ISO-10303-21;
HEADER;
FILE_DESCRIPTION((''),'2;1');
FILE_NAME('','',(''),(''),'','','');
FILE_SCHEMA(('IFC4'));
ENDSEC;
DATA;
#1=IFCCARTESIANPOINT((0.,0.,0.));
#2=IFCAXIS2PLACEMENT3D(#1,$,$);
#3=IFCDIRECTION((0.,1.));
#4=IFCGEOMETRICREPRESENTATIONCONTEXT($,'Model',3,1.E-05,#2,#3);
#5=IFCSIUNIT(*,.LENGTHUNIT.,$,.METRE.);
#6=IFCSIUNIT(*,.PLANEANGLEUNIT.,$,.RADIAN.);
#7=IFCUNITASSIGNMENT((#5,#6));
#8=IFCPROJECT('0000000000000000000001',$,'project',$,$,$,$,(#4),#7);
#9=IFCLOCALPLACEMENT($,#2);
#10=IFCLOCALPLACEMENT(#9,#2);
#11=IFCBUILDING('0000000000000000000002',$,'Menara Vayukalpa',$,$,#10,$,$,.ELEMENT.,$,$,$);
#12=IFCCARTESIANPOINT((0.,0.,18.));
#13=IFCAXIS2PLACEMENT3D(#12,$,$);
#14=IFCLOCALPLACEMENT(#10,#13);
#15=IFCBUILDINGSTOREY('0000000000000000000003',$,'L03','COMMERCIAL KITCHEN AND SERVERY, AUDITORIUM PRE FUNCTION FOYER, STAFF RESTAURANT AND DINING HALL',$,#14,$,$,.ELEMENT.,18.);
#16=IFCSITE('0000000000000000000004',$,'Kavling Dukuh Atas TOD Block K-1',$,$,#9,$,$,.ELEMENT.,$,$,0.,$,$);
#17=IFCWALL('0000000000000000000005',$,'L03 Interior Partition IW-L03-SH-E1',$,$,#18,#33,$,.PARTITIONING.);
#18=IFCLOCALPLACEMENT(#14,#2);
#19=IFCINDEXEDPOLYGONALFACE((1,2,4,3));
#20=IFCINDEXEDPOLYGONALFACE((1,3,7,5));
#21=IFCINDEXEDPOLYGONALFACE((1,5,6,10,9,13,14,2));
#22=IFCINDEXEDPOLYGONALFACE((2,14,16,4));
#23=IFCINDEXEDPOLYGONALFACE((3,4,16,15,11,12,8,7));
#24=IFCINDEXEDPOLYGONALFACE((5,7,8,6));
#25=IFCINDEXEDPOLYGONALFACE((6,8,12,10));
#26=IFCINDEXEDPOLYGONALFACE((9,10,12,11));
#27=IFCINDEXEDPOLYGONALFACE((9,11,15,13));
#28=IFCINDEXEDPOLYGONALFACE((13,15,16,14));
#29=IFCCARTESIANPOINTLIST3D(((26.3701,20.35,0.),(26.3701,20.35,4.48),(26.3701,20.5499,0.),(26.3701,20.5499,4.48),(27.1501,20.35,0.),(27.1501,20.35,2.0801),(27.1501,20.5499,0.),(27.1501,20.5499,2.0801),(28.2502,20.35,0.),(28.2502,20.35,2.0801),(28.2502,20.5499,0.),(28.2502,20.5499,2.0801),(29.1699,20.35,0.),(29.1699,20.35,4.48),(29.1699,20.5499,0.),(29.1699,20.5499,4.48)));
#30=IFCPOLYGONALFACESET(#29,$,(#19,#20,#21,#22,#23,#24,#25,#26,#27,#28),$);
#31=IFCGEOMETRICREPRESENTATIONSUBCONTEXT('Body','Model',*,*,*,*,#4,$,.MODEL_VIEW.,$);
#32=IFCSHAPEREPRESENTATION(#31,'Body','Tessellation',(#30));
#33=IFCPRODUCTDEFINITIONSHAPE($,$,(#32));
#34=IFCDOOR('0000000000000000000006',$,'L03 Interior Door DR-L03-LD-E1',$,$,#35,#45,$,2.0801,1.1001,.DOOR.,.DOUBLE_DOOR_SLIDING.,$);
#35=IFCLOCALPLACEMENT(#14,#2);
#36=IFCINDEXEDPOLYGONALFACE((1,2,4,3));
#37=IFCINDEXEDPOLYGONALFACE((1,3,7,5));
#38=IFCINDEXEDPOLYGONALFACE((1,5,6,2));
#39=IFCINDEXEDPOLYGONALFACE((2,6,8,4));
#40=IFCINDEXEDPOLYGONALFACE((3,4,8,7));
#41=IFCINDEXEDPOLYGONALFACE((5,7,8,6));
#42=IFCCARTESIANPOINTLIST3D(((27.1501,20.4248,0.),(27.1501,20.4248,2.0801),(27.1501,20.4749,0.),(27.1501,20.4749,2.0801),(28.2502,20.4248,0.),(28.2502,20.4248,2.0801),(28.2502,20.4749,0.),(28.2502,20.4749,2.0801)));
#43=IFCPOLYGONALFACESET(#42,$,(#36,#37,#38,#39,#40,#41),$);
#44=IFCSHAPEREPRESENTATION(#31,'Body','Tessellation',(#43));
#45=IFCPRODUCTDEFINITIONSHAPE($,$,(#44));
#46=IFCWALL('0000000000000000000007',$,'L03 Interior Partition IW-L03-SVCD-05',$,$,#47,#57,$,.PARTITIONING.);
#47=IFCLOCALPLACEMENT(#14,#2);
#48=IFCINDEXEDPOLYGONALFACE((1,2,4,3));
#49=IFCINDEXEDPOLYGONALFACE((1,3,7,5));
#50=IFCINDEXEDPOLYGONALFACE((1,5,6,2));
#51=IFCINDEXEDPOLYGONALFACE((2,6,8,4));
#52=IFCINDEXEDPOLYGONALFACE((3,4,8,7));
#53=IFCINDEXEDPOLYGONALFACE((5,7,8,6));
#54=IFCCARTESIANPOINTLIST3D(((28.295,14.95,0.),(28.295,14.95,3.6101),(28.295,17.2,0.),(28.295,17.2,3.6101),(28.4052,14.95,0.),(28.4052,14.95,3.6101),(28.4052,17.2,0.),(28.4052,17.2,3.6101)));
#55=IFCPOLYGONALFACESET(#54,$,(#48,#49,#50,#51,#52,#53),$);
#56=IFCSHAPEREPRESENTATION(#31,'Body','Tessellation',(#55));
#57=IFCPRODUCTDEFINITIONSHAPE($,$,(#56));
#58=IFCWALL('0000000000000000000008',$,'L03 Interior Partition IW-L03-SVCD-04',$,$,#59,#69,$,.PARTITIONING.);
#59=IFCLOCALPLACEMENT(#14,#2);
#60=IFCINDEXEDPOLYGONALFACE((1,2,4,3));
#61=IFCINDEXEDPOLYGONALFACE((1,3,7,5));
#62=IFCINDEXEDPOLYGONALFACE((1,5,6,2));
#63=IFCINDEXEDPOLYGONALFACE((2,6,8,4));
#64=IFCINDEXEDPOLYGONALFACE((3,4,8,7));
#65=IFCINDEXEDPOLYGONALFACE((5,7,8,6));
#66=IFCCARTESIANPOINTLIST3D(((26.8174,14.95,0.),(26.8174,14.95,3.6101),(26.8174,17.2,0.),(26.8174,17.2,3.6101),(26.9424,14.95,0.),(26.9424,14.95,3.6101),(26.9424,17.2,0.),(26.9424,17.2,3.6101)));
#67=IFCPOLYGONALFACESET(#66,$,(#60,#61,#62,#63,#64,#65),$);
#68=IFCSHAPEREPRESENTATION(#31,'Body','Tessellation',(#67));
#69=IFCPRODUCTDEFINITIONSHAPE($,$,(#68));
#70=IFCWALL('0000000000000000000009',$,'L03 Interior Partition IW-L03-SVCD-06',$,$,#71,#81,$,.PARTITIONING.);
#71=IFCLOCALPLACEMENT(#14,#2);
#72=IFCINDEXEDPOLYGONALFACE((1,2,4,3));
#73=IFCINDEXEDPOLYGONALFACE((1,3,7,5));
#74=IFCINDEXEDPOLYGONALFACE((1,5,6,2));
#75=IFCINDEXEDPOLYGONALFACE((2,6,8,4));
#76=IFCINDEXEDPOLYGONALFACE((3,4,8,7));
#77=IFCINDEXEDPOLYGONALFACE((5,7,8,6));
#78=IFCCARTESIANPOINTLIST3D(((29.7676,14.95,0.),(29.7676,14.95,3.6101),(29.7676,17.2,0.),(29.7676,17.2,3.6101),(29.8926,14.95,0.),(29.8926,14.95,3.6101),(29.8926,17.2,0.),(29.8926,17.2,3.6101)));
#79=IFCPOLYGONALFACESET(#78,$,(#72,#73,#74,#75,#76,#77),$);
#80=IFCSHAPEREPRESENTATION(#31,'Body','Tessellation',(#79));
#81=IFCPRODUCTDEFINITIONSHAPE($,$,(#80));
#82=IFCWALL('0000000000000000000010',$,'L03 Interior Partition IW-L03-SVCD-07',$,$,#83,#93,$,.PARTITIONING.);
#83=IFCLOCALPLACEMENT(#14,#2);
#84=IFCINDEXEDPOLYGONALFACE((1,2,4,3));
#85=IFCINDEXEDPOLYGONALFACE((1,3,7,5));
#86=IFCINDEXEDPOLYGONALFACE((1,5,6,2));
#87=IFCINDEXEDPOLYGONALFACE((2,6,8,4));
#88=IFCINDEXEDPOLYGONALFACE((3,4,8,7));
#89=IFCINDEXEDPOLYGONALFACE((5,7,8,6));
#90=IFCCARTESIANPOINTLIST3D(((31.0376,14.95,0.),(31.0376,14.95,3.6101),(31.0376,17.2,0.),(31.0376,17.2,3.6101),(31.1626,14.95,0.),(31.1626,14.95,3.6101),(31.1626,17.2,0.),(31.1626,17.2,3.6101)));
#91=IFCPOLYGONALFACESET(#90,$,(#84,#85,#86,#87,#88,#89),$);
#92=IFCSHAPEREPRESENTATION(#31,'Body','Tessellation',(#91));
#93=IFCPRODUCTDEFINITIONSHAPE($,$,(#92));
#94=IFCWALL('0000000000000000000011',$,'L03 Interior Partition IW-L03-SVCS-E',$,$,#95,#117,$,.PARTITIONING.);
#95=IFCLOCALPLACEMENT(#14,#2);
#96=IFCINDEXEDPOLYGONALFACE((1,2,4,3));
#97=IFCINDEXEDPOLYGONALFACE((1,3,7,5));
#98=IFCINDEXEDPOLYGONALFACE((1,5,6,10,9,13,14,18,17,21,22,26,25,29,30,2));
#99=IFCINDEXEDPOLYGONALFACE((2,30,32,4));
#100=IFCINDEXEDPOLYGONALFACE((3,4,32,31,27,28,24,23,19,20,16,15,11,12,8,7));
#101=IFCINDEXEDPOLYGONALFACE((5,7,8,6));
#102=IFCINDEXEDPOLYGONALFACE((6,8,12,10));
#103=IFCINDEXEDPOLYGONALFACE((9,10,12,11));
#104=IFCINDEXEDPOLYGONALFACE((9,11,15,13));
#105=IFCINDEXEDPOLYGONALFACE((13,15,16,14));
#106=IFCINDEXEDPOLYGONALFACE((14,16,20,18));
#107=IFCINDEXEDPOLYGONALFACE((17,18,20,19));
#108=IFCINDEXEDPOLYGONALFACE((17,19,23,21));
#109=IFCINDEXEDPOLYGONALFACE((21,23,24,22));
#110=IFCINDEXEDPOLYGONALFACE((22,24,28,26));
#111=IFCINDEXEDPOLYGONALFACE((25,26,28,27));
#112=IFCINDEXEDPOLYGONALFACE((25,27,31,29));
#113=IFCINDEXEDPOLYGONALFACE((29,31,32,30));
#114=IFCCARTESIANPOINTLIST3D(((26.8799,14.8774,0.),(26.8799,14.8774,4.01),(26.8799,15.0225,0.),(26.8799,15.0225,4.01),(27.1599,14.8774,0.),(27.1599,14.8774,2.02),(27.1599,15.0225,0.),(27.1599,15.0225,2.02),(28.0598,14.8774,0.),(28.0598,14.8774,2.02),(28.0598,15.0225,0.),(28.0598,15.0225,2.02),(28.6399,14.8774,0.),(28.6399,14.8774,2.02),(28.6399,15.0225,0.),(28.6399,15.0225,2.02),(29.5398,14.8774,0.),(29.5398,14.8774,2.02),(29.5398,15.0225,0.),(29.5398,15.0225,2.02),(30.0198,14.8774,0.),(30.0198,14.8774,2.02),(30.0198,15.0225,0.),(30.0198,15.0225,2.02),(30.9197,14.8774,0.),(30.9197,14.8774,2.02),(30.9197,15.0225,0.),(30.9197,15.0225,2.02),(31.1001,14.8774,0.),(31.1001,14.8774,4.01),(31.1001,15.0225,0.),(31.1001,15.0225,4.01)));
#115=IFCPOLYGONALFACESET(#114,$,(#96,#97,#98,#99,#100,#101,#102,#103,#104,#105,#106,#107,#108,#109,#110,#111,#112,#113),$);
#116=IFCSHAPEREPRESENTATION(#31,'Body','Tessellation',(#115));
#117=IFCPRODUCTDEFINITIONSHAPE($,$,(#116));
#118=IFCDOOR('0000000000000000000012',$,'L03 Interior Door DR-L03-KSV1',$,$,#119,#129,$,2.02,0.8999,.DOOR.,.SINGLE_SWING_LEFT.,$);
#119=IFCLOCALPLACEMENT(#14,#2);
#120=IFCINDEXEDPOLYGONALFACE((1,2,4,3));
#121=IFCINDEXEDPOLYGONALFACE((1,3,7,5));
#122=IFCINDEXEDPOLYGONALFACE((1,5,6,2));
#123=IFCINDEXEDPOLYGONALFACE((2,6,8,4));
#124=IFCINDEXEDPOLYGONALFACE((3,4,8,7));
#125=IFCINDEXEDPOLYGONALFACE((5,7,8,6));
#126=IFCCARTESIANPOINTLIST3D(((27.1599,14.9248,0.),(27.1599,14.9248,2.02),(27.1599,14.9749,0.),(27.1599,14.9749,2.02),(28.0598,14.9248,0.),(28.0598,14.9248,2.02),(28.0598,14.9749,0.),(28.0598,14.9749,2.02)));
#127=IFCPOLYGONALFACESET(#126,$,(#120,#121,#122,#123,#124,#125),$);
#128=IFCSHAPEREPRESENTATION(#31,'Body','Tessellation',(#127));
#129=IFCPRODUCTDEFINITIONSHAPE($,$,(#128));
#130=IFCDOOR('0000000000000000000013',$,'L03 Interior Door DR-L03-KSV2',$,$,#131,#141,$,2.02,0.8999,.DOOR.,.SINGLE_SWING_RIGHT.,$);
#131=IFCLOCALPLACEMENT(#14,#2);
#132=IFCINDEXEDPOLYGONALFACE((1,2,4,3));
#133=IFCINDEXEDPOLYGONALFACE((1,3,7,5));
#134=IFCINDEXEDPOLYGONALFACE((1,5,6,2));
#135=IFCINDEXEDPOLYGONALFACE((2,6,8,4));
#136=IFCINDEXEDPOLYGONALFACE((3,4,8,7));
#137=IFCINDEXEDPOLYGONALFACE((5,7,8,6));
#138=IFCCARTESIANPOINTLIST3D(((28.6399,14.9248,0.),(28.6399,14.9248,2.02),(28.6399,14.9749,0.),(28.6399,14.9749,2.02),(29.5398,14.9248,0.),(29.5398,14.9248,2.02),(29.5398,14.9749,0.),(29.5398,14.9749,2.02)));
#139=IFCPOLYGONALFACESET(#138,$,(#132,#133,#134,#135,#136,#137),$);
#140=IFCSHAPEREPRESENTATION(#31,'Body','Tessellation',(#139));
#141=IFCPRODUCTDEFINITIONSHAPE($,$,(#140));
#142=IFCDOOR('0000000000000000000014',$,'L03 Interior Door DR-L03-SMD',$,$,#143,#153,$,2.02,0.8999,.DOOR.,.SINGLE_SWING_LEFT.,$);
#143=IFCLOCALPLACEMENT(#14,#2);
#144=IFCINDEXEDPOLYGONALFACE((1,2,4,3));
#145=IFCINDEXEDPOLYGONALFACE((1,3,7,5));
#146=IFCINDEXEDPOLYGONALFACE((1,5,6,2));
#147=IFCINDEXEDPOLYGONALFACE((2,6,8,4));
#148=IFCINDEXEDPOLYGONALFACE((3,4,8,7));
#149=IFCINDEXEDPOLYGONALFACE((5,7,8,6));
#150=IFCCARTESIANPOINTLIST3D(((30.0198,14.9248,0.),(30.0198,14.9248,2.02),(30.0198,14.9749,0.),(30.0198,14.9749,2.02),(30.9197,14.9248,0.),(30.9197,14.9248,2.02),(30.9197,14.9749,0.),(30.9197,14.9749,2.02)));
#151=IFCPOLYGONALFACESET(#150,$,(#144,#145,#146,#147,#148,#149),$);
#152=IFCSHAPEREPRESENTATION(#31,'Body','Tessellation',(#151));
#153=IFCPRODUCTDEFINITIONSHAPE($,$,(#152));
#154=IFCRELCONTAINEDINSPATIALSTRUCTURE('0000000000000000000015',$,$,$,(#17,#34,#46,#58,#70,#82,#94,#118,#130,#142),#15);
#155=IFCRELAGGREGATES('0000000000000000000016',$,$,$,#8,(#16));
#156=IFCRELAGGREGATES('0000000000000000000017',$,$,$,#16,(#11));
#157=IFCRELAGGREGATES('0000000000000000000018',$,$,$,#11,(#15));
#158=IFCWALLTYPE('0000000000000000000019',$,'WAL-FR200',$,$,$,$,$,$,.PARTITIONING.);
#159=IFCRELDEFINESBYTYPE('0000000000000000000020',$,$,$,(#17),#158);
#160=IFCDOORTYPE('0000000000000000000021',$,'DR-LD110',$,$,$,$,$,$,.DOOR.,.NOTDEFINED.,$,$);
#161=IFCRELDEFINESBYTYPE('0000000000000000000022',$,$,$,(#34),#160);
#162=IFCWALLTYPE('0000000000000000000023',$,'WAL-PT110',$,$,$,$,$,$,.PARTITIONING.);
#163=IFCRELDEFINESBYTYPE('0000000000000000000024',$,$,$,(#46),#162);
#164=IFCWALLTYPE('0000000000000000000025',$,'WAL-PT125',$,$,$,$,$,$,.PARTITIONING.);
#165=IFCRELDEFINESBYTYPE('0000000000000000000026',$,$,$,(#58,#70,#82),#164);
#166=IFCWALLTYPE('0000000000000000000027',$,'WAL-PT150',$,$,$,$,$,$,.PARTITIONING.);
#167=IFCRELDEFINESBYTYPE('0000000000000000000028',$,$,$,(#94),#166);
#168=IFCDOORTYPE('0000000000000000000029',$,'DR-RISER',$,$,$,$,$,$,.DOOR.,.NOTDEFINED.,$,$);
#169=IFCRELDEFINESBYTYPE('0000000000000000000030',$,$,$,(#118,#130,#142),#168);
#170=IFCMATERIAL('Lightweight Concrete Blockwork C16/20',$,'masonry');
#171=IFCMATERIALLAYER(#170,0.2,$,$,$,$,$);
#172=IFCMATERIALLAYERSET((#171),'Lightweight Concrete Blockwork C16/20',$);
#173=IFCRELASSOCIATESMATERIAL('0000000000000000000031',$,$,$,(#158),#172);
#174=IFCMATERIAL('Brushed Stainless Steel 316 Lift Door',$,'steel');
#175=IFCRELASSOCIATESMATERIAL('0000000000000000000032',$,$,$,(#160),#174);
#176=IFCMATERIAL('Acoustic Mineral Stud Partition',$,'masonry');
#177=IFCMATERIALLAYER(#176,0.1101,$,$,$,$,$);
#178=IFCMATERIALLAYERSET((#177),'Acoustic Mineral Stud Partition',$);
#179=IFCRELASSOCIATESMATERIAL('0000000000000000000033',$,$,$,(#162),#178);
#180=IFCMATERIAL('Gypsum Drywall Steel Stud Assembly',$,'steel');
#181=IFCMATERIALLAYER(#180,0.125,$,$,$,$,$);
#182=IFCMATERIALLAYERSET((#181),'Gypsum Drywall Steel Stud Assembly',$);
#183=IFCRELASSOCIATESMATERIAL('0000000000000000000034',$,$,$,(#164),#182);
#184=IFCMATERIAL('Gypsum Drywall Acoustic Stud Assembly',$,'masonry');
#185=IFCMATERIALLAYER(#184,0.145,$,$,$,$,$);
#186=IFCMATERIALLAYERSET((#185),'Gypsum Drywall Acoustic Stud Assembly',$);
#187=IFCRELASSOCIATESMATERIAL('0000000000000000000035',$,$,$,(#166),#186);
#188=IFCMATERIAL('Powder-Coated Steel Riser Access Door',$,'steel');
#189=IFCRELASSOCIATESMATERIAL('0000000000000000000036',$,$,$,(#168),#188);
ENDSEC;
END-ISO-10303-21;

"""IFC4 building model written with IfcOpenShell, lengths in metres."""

from ifc_helpers import new_model, si_unit, direction, frame, frame_2d, origin, place, context, subcontext, project, spatial, rectangle, extrude, material, layer, layer_set, type_object, element, fill, save


model = new_model("IFC4")

# Units and contexts
model_context = context("Model", 3, precision=1e-05, world=origin(), true_north=direction((0.0, 1.0)))
body_context = subcontext(model_context, "Body", "Model", "MODEL_VIEW")
ifc_project = project(units=[si_unit("LENGTHUNIT", "METRE"), si_unit("PLANEANGLEUNIT", "RADIAN")], contexts=[model_context])

# Site, building, storey
site_placement = place(None, origin())
site = spatial("IfcSite", under=ifc_project, at=site_placement, Name="Kavling Dukuh Atas TOD Block K-1", CompositionType="ELEMENT", RefElevation=0.0)
building_placement = place(site_placement, origin())
building = spatial("IfcBuilding", under=site, at=building_placement, Name="Menara Vayukalpa", CompositionType="ELEMENT")
storey_placement = place(building_placement, frame((0.0, 0.0, 18.0)))
storey = spatial("IfcBuildingStorey", under=building, at=storey_placement, Name="L03", Description="COMMERCIAL KITCHEN AND SERVERY, AUDITORIUM PRE FUNCTION FOYER, STAFF RESTAURANT AND DINING HALL", CompositionType="ELEMENT", Elevation=18.0)

# Wall, opening, door
ifc_material_1 = material(Name="Lightweight Concrete Blockwork C16/20", Category="masonry")
ifc_layer_1 = layer(ifc_material_1, 0.2)
ifc_layer_set_1 = layer_set([ifc_layer_1], Name="Lightweight Concrete Blockwork C16/20")
wall_type_1 = type_object("IfcWallType", Name="WAL-FR200", PredefinedType="PARTITIONING", material=ifc_layer_set_1)
wall_1_placement = place(storey_placement, frame((26.3701, 20.45, 0.0), z_axis=(0.0, 0.0, 1.0), x_axis=(1.0, 0.0, 0.0)))
wall_1 = element("IfcWall", 1, at=wall_1_placement, inside=storey, type_object=wall_type_1, Name="L03 Interior Partition IW-L03-SH-E1", PredefinedType="PARTITIONING", context=body_context, shape_type="SweptSolid", body=[
    extrude(rectangle(XDim=2.7998, YDim=0.2, at=frame_2d((1.3999, 0.0))), origin(), (0.0, 0.0, 1.0), 4.48),
])
opening_1_placement = place(wall_1_placement, frame((0.78, 0.0, 0.0)))
opening_1 = element("IfcOpeningElement", 2, at=opening_1_placement, cuts=wall_1, PredefinedType="OPENING", context=body_context, shape_type="SweptSolid", body=[
    extrude(rectangle(XDim=1.1001, YDim=2.0801, at=frame_2d((0.55, 1.04))), frame((0.0, 0.1099, 0.0), z_axis=(0.0, -1.0, 0.0), x_axis=(1.0, 0.0, 0.0)), (0.0, 0.0, 1.0), 0.22),
])
ifc_material_2 = material(Name="Brushed Stainless Steel 316 Lift Door", Category="steel")
door_type_1 = type_object("IfcDoorType", Name="DR-LD110", OperationType="NOTDEFINED", PredefinedType="DOOR", material=ifc_material_2)
door_1_placement = place(opening_1_placement, origin())
door_1 = element("IfcDoor", 3, at=door_1_placement, inside=storey, type_object=door_type_1, Name="L03 Interior Door DR-L03-LD-E1", OperationType="DOUBLE_DOOR_SLIDING", OverallHeight=2.0801, OverallWidth=1.1001, PredefinedType="DOOR", context=body_context, shape_type="SweptSolid", body=[
    extrude(rectangle(XDim=1.1001, YDim=2.0801, at=frame_2d((0.55, 1.04))), frame((0.0, 0.0249, 0.0), z_axis=(0.0, -1.0, 0.0), x_axis=(1.0, 0.0, 0.0)), (0.0, 0.0, 1.0), 0.05),
])
fill(opening_1, door_1)

# Walls
ifc_material_3 = material(Name="Acoustic Mineral Stud Partition", Category="masonry")
ifc_layer_2 = layer(ifc_material_3, 0.1101)
ifc_layer_set_2 = layer_set([ifc_layer_2], Name="Acoustic Mineral Stud Partition")
wall_type_2 = type_object("IfcWallType", Name="WAL-PT110", PredefinedType="PARTITIONING", material=ifc_layer_set_2)
wall_2_placement = place(storey_placement, frame((28.3501, 14.95, 0.0), z_axis=(0.0, 0.0, 1.0), x_axis=(0.0, 1.0, 0.0)))
element("IfcWall", 4, at=wall_2_placement, inside=storey, type_object=wall_type_2, Name="L03 Interior Partition IW-L03-SVCD-05", PredefinedType="PARTITIONING", context=body_context, shape_type="SweptSolid", body=[
    extrude(rectangle(XDim=2.25, YDim=0.1101, at=frame_2d((1.125, 0.0))), origin(), (0.0, 0.0, 1.0), 3.6101),
])
ifc_material_4 = material(Name="Gypsum Drywall Steel Stud Assembly", Category="steel")
ifc_layer_3 = layer(ifc_material_4, 0.125)
ifc_layer_set_3 = layer_set([ifc_layer_3], Name="Gypsum Drywall Steel Stud Assembly")
wall_type_3 = type_object("IfcWallType", Name="WAL-PT125", PredefinedType="PARTITIONING", material=ifc_layer_set_3)
for number, where, z_axis, x_axis, name in (
    (5, (26.8799, 14.95, 0.0), (0.0, 0.0, 1.0), (0.0, 1.0, 0.0), "L03 Interior Partition IW-L03-SVCD-04"),
    (6, (29.8301, 14.95, 0.0), (0.0, 0.0, 1.0), (0.0, 1.0, 0.0), "L03 Interior Partition IW-L03-SVCD-06"),
    (7, (31.1001, 14.95, 0.0), (0.0, 0.0, 1.0), (0.0, 1.0, 0.0), "L03 Interior Partition IW-L03-SVCD-07"),
):
    element("IfcWall", number, at=place(storey_placement, frame(where, z_axis=z_axis, x_axis=x_axis)), inside=storey, type_object=wall_type_3, Name=name, PredefinedType="PARTITIONING", context=body_context, shape_type="SweptSolid", body=[
        extrude(rectangle(XDim=2.25, YDim=0.125, at=frame_2d((1.125, 0.0))), origin(), (0.0, 0.0, 1.0), 3.6101),
    ])

# Wall, openings, doors
ifc_material_5 = material(Name="Gypsum Drywall Acoustic Stud Assembly", Category="masonry")
ifc_layer_4 = layer(ifc_material_5, 0.145)
ifc_layer_set_4 = layer_set([ifc_layer_4], Name="Gypsum Drywall Acoustic Stud Assembly")
wall_type_4 = type_object("IfcWallType", Name="WAL-PT150", PredefinedType="PARTITIONING", material=ifc_layer_set_4)
wall_3_placement = place(storey_placement, frame((26.8799, 14.95, 0.0), z_axis=(0.0, 0.0, 1.0), x_axis=(1.0, 0.0, 0.0)))
wall_3 = element("IfcWall", 8, at=wall_3_placement, inside=storey, type_object=wall_type_4, Name="L03 Interior Partition IW-L03-SVCS-E", PredefinedType="PARTITIONING", context=body_context, shape_type="SweptSolid", body=[
    extrude(rectangle(XDim=4.2202, YDim=0.145, at=frame_2d((2.1101, 0.0))), origin(), (0.0, 0.0, 1.0), 4.01),
])
opening_2_placement = place(wall_3_placement, frame((0.28, 0.0, 0.0)))
opening_2 = element("IfcOpeningElement", 9, at=opening_2_placement, cuts=wall_3, PredefinedType="OPENING", context=body_context, shape_type="SweptSolid", body=[
    extrude(rectangle(XDim=0.8999, YDim=2.02, at=frame_2d((0.45, 1.01))), frame((0.0, 0.0825, 0.0), z_axis=(0.0, -1.0, 0.0), x_axis=(1.0, 0.0, 0.0)), (0.0, 0.0, 1.0), 0.165),
])
opening_3_placement = place(wall_3_placement, frame((1.76, 0.0, 0.0)))
opening_3 = element("IfcOpeningElement", 10, at=opening_3_placement, cuts=wall_3, PredefinedType="OPENING", context=body_context, shape_type="SweptSolid", body=[
    extrude(rectangle(XDim=0.8999, YDim=2.02, at=frame_2d((0.45, 1.01))), frame((0.0, 0.0825, 0.0), z_axis=(0.0, -1.0, 0.0), x_axis=(1.0, 0.0, 0.0)), (0.0, 0.0, 1.0), 0.165),
])
opening_4_placement = place(wall_3_placement, frame((3.1399, 0.0, 0.0)))
opening_4 = element("IfcOpeningElement", 11, at=opening_4_placement, cuts=wall_3, PredefinedType="OPENING", context=body_context, shape_type="SweptSolid", body=[
    extrude(rectangle(XDim=0.8999, YDim=2.02, at=frame_2d((0.45, 1.01))), frame((0.0, 0.0825, 0.0), z_axis=(0.0, -1.0, 0.0), x_axis=(1.0, 0.0, 0.0)), (0.0, 0.0, 1.0), 0.165),
])
ifc_material_6 = material(Name="Powder-Coated Steel Riser Access Door", Category="steel")
door_type_2 = type_object("IfcDoorType", Name="DR-RISER", OperationType="NOTDEFINED", PredefinedType="DOOR", material=ifc_material_6)
door_2_placement = place(opening_2_placement, origin())
door_2 = element("IfcDoor", 12, at=door_2_placement, inside=storey, type_object=door_type_2, Name="L03 Interior Door DR-L03-KSV1", OperationType="SINGLE_SWING_LEFT", OverallHeight=2.02, OverallWidth=0.8999, PredefinedType="DOOR", context=body_context, shape_type="SweptSolid", body=[
    extrude(rectangle(XDim=0.8999, YDim=2.02, at=frame_2d((0.45, 1.01))), frame((0.0, 0.0249, 0.0), z_axis=(0.0, -1.0, 0.0), x_axis=(1.0, 0.0, 0.0)), (0.0, 0.0, 1.0), 0.05),
])
fill(opening_2, door_2)
door_3_placement = place(opening_3_placement, origin())
door_3 = element("IfcDoor", 13, at=door_3_placement, inside=storey, type_object=door_type_2, Name="L03 Interior Door DR-L03-KSV2", OperationType="SINGLE_SWING_RIGHT", OverallHeight=2.02, OverallWidth=0.8999, PredefinedType="DOOR", context=body_context, shape_type="SweptSolid", body=[
    extrude(rectangle(XDim=0.8999, YDim=2.02, at=frame_2d((0.45, 1.01))), frame((0.0, 0.0249, 0.0), z_axis=(0.0, -1.0, 0.0), x_axis=(1.0, 0.0, 0.0)), (0.0, 0.0, 1.0), 0.05),
])
fill(opening_3, door_3)
door_4_placement = place(opening_4_placement, origin())
door_4 = element("IfcDoor", 14, at=door_4_placement, inside=storey, type_object=door_type_2, Name="L03 Interior Door DR-L03-SMD", OperationType="SINGLE_SWING_LEFT", OverallHeight=2.02, OverallWidth=0.8999, PredefinedType="DOOR", context=body_context, shape_type="SweptSolid", body=[
    extrude(rectangle(XDim=0.8999, YDim=2.02, at=frame_2d((0.45, 1.01))), frame((0.0, 0.0249, 0.0), z_axis=(0.0, -1.0, 0.0), x_axis=(1.0, 0.0, 0.0)), (0.0, 0.0, 1.0), 0.05),
])
fill(opening_4, door_4)

save(model, "model.ifc")
